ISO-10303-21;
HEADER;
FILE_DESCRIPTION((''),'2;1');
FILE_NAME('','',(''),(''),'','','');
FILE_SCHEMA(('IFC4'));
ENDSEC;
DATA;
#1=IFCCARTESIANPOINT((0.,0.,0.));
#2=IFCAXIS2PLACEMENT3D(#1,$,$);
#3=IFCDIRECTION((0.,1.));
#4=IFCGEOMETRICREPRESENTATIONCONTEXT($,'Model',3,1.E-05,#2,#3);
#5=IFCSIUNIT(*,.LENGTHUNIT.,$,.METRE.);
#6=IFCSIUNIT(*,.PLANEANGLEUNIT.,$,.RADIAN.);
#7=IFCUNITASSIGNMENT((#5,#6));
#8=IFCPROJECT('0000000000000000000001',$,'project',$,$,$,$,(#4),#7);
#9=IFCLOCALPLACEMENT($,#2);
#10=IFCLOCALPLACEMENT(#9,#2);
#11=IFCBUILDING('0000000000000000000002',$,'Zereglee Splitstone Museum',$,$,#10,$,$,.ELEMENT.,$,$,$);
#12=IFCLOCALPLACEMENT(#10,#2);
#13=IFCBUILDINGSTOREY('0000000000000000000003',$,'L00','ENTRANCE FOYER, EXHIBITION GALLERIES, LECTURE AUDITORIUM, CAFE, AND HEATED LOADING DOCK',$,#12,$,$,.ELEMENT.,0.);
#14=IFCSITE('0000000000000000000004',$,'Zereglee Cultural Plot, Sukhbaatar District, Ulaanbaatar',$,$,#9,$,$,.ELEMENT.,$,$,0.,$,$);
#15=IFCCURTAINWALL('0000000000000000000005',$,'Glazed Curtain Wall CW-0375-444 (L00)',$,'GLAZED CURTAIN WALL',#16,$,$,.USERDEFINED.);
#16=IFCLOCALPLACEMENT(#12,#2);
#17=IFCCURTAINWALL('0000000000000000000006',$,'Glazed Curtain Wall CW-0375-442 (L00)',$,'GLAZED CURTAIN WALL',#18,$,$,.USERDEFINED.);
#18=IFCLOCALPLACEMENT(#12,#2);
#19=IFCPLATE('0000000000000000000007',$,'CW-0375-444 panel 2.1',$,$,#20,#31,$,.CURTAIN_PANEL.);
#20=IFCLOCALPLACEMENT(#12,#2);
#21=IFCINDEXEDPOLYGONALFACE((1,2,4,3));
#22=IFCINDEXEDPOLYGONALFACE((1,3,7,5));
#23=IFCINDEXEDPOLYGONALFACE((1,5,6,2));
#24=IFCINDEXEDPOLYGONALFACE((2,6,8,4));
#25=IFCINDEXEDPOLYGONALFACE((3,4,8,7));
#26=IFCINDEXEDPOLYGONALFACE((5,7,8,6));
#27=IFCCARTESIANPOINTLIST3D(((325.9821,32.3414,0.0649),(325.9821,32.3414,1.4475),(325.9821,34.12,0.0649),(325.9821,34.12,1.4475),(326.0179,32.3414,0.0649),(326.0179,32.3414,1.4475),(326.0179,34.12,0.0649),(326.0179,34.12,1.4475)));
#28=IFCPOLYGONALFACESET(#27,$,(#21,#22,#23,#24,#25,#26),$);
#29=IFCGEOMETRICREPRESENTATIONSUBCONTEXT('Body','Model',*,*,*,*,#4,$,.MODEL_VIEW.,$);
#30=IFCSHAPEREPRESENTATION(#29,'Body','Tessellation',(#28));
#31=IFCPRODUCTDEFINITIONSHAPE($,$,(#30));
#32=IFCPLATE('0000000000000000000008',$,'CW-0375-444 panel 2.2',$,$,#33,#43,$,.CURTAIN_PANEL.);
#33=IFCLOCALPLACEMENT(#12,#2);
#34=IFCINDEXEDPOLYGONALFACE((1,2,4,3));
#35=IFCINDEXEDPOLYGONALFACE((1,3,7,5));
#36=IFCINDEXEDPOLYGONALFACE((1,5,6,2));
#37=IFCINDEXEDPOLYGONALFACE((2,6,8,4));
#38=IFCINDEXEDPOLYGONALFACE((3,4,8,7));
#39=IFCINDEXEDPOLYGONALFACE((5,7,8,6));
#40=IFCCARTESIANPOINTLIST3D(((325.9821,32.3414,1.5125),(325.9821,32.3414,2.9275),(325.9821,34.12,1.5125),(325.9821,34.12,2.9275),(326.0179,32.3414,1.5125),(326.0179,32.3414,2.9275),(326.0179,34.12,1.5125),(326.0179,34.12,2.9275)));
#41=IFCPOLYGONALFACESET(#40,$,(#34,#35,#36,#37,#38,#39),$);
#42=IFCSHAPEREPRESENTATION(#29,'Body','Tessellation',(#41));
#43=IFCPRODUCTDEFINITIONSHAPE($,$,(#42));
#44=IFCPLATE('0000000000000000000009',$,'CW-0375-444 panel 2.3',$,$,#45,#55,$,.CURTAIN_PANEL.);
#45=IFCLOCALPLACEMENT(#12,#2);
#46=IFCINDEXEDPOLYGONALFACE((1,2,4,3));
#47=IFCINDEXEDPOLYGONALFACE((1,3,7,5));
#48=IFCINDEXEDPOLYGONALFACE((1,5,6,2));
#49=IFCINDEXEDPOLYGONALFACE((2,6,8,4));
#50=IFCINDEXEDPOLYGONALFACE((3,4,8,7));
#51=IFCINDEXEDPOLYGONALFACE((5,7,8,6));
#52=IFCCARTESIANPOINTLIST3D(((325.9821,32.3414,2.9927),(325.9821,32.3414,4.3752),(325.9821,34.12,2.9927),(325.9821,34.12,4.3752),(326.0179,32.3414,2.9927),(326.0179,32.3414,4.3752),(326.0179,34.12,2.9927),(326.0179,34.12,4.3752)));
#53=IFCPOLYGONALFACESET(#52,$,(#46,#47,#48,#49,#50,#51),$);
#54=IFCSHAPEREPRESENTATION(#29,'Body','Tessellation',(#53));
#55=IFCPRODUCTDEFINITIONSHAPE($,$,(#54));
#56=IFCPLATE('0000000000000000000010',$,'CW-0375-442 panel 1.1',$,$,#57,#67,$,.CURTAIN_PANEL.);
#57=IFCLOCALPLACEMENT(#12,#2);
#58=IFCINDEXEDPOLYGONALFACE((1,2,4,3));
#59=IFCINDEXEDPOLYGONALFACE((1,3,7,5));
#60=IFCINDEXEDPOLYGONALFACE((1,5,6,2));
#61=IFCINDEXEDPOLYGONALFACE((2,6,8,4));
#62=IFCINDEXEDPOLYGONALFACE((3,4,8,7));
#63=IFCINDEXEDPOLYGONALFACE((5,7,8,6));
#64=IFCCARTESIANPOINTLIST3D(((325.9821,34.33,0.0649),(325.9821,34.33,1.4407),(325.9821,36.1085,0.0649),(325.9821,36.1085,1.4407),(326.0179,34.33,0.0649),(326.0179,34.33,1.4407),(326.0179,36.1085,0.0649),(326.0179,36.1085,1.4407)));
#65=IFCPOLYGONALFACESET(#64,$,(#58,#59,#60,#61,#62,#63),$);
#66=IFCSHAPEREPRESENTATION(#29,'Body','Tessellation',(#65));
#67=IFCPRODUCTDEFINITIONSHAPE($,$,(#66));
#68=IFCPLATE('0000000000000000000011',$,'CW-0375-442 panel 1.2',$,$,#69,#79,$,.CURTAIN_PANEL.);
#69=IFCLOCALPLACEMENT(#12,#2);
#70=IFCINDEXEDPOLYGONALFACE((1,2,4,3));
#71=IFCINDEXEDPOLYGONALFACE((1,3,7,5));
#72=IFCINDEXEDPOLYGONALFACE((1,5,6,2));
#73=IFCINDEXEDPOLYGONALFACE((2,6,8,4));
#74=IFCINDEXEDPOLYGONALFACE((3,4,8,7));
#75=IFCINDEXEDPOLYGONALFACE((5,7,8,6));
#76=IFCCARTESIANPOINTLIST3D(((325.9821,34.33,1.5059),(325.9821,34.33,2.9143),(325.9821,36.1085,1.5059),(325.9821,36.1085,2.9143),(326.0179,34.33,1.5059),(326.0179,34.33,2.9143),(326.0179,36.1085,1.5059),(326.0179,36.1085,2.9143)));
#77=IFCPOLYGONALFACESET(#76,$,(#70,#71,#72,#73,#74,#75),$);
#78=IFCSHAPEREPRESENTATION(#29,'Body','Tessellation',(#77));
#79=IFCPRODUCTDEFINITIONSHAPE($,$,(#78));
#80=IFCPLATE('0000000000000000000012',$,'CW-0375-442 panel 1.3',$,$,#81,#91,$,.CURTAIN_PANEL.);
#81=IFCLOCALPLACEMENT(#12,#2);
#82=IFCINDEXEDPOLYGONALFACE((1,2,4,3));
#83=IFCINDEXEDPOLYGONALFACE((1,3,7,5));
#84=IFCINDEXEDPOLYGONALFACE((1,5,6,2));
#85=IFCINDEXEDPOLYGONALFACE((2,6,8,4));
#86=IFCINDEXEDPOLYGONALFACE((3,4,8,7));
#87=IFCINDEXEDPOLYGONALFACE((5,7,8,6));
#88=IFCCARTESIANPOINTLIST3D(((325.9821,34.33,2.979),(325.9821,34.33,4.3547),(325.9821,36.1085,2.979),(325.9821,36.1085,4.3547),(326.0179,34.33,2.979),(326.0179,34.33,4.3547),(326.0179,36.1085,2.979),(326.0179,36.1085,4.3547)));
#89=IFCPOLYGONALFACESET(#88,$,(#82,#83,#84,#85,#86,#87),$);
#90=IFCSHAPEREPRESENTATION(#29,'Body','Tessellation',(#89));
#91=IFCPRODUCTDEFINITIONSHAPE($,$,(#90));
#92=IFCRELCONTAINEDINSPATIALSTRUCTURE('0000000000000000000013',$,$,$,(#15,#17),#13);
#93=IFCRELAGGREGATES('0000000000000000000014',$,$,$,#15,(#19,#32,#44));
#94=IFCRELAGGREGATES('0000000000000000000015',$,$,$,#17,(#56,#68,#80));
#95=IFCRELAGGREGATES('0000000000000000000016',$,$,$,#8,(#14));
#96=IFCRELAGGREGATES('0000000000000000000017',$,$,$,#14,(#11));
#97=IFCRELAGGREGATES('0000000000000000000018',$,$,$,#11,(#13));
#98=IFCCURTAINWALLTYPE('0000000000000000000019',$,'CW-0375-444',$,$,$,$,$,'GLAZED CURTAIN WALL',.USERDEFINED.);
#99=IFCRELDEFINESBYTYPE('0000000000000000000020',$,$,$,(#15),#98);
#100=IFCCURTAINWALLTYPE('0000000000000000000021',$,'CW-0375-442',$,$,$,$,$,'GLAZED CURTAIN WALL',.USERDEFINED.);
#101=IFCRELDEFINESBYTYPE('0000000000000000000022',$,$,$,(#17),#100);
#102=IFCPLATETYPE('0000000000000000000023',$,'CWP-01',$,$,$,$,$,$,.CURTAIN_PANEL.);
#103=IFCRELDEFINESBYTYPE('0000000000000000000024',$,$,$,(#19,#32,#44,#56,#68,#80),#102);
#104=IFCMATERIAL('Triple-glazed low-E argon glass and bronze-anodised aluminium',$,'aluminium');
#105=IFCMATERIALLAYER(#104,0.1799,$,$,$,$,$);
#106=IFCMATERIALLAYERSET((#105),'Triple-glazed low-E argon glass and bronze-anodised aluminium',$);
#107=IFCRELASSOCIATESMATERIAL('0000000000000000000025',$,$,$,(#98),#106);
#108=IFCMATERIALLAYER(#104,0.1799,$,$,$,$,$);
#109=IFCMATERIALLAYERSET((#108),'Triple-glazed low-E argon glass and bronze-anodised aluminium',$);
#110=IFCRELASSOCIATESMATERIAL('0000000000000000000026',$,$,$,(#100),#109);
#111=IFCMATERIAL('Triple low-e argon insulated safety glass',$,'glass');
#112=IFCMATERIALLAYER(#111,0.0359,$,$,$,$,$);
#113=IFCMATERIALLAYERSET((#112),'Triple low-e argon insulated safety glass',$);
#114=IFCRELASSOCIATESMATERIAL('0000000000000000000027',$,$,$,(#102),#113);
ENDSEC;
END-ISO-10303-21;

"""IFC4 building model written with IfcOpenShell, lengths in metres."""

from ifc_helpers import new_model, si_unit, direction, frame, origin, origin_2d, place, context, subcontext, project, spatial, rectangle, extrude, material, layer, layer_set, type_object, element, aggregate, save


model = new_model("IFC4")

# Units and contexts
model_context = context("Model", 3, precision=1e-05, world=origin(), true_north=direction((0.0, 1.0)))
body_context = subcontext(model_context, "Body", "Model", "MODEL_VIEW")
ifc_project = project(units=[si_unit("LENGTHUNIT", "METRE"), si_unit("PLANEANGLEUNIT", "RADIAN")], contexts=[model_context])

# Site, building, storey
site_placement = place(None, origin())
site = spatial("IfcSite", under=ifc_project, at=site_placement, Name="Zereglee Cultural Plot, Sukhbaatar District, Ulaanbaatar", CompositionType="ELEMENT", RefElevation=0.0)
building_placement = place(site_placement, origin())
building = spatial("IfcBuilding", under=site, at=building_placement, Name="Zereglee Splitstone Museum", CompositionType="ELEMENT")
storey_placement = place(building_placement, origin())
storey = spatial("IfcBuildingStorey", under=building, at=storey_placement, Name="L00", Description="ENTRANCE FOYER, EXHIBITION GALLERIES, LECTURE AUDITORIUM, CAFE, AND HEATED LOADING DOCK", CompositionType="ELEMENT", Elevation=0.0)

# Curtain wall
ifc_material_1 = material(Name="Triple-glazed low-E argon glass and bronze-anodised aluminium", Category="aluminium")
ifc_layer_1 = layer(ifc_material_1, 0.1799)
ifc_layer_set_1 = layer_set([ifc_layer_1], Name="Triple-glazed low-E argon glass and bronze-anodised aluminium")
curtain_wall_type_1 = type_object("IfcCurtainWallType", Name="CW-0375-444", ElementType="GLAZED CURTAIN WALL", PredefinedType="USERDEFINED", material=ifc_layer_set_1)
curtain_wall_1_placement = place(storey_placement, origin())
curtain_wall_1 = element("IfcCurtainWall", 1, at=curtain_wall_1_placement, inside=storey, type_object=curtain_wall_type_1, Name="Glazed Curtain Wall CW-0375-444 (L00)", ObjectType="GLAZED CURTAIN WALL", PredefinedType="USERDEFINED")

# Curtain wall
ifc_layer_2 = layer(ifc_material_1, 0.1799)
ifc_layer_set_2 = layer_set([ifc_layer_2], Name="Triple-glazed low-E argon glass and bronze-anodised aluminium")
curtain_wall_type_2 = type_object("IfcCurtainWallType", Name="CW-0375-442", ElementType="GLAZED CURTAIN WALL", PredefinedType="USERDEFINED", material=ifc_layer_set_2)
curtain_wall_2_placement = place(storey_placement, origin())
curtain_wall_2 = element("IfcCurtainWall", 2, at=curtain_wall_2_placement, inside=storey, type_object=curtain_wall_type_2, Name="Glazed Curtain Wall CW-0375-442 (L00)", ObjectType="GLAZED CURTAIN WALL", PredefinedType="USERDEFINED")

# Plates
ifc_material_2 = material(Name="Triple low-e argon insulated safety glass", Category="glass")
ifc_layer_3 = layer(ifc_material_2, 0.0359)
ifc_layer_set_3 = layer_set([ifc_layer_3], Name="Triple low-e argon insulated safety glass")
plate_type = type_object("IfcPlateType", Name="CWP-01", PredefinedType="CURTAIN_PANEL", material=ifc_layer_set_3)
plate_1_placement = place(storey_placement, frame((326.0, 33.2307, 0.0649), z_axis=(0.0, 0.0, 1.0), x_axis=(0.0, 1.0, 0.0)))
plate_1 = element("IfcPlate", 3, at=plate_1_placement, type_object=plate_type, Name="CW-0375-444 panel 2.1", PredefinedType="CURTAIN_PANEL", context=body_context, shape_type="SweptSolid", body=[
    extrude(rectangle(XDim=1.7786, YDim=0.0359, at=origin_2d()), origin(), (0.0, 0.0, 1.0), 1.3826),
])
plate_2_placement = place(storey_placement, frame((326.0, 33.2307, 1.5125), z_axis=(0.0, 0.0, 1.0), x_axis=(0.0, 1.0, 0.0)))
plate_2 = element("IfcPlate", 4, at=plate_2_placement, type_object=plate_type, Name="CW-0375-444 panel 2.2", PredefinedType="CURTAIN_PANEL", context=body_context, shape_type="SweptSolid", body=[
    extrude(rectangle(XDim=1.7786, YDim=0.0359, at=origin_2d()), origin(), (0.0, 0.0, 1.0), 1.415),
])
plate_3_placement = place(storey_placement, frame((326.0, 33.2307, 2.9927), z_axis=(0.0, 0.0, 1.0), x_axis=(0.0, 1.0, 0.0)))
plate_3 = element("IfcPlate", 5, at=plate_3_placement, type_object=plate_type, Name="CW-0375-444 panel 2.3", PredefinedType="CURTAIN_PANEL", context=body_context, shape_type="SweptSolid", body=[
    extrude(rectangle(XDim=1.7786, YDim=0.0359, at=origin_2d()), origin(), (0.0, 0.0, 1.0), 1.3826),
])
aggregate(curtain_wall_1, [plate_1, plate_2, plate_3])
plate_4_placement = place(storey_placement, frame((326.0, 35.2192, 0.0649), z_axis=(0.0, 0.0, 1.0), x_axis=(0.0, 1.0, 0.0)))
plate_4 = element("IfcPlate", 6, at=plate_4_placement, type_object=plate_type, Name="CW-0375-442 panel 1.1", PredefinedType="CURTAIN_PANEL", context=body_context, shape_type="SweptSolid", body=[
    extrude(rectangle(XDim=1.7786, YDim=0.0359, at=origin_2d()), origin(), (0.0, 0.0, 1.0), 1.3757),
])
plate_5_placement = place(storey_placement, frame((326.0, 35.2192, 1.5059), z_axis=(0.0, 0.0, 1.0), x_axis=(0.0, 1.0, 0.0)))
plate_5 = element("IfcPlate", 7, at=plate_5_placement, type_object=plate_type, Name="CW-0375-442 panel 1.2", PredefinedType="CURTAIN_PANEL", context=body_context, shape_type="SweptSolid", body=[
    extrude(rectangle(XDim=1.7786, YDim=0.0359, at=origin_2d()), origin(), (0.0, 0.0, 1.0), 1.4084),
])
plate_6_placement = place(storey_placement, frame((326.0, 35.2192, 2.979), z_axis=(0.0, 0.0, 1.0), x_axis=(0.0, 1.0, 0.0)))
plate_6 = element("IfcPlate", 8, at=plate_6_placement, type_object=plate_type, Name="CW-0375-442 panel 1.3", PredefinedType="CURTAIN_PANEL", context=body_context, shape_type="SweptSolid", body=[
    extrude(rectangle(XDim=1.7786, YDim=0.0359, at=origin_2d()), origin(), (0.0, 0.0, 1.0), 1.3757),
])
aggregate(curtain_wall_2, [plate_4, plate_5, plate_6])

save(model, "model.ifc")
